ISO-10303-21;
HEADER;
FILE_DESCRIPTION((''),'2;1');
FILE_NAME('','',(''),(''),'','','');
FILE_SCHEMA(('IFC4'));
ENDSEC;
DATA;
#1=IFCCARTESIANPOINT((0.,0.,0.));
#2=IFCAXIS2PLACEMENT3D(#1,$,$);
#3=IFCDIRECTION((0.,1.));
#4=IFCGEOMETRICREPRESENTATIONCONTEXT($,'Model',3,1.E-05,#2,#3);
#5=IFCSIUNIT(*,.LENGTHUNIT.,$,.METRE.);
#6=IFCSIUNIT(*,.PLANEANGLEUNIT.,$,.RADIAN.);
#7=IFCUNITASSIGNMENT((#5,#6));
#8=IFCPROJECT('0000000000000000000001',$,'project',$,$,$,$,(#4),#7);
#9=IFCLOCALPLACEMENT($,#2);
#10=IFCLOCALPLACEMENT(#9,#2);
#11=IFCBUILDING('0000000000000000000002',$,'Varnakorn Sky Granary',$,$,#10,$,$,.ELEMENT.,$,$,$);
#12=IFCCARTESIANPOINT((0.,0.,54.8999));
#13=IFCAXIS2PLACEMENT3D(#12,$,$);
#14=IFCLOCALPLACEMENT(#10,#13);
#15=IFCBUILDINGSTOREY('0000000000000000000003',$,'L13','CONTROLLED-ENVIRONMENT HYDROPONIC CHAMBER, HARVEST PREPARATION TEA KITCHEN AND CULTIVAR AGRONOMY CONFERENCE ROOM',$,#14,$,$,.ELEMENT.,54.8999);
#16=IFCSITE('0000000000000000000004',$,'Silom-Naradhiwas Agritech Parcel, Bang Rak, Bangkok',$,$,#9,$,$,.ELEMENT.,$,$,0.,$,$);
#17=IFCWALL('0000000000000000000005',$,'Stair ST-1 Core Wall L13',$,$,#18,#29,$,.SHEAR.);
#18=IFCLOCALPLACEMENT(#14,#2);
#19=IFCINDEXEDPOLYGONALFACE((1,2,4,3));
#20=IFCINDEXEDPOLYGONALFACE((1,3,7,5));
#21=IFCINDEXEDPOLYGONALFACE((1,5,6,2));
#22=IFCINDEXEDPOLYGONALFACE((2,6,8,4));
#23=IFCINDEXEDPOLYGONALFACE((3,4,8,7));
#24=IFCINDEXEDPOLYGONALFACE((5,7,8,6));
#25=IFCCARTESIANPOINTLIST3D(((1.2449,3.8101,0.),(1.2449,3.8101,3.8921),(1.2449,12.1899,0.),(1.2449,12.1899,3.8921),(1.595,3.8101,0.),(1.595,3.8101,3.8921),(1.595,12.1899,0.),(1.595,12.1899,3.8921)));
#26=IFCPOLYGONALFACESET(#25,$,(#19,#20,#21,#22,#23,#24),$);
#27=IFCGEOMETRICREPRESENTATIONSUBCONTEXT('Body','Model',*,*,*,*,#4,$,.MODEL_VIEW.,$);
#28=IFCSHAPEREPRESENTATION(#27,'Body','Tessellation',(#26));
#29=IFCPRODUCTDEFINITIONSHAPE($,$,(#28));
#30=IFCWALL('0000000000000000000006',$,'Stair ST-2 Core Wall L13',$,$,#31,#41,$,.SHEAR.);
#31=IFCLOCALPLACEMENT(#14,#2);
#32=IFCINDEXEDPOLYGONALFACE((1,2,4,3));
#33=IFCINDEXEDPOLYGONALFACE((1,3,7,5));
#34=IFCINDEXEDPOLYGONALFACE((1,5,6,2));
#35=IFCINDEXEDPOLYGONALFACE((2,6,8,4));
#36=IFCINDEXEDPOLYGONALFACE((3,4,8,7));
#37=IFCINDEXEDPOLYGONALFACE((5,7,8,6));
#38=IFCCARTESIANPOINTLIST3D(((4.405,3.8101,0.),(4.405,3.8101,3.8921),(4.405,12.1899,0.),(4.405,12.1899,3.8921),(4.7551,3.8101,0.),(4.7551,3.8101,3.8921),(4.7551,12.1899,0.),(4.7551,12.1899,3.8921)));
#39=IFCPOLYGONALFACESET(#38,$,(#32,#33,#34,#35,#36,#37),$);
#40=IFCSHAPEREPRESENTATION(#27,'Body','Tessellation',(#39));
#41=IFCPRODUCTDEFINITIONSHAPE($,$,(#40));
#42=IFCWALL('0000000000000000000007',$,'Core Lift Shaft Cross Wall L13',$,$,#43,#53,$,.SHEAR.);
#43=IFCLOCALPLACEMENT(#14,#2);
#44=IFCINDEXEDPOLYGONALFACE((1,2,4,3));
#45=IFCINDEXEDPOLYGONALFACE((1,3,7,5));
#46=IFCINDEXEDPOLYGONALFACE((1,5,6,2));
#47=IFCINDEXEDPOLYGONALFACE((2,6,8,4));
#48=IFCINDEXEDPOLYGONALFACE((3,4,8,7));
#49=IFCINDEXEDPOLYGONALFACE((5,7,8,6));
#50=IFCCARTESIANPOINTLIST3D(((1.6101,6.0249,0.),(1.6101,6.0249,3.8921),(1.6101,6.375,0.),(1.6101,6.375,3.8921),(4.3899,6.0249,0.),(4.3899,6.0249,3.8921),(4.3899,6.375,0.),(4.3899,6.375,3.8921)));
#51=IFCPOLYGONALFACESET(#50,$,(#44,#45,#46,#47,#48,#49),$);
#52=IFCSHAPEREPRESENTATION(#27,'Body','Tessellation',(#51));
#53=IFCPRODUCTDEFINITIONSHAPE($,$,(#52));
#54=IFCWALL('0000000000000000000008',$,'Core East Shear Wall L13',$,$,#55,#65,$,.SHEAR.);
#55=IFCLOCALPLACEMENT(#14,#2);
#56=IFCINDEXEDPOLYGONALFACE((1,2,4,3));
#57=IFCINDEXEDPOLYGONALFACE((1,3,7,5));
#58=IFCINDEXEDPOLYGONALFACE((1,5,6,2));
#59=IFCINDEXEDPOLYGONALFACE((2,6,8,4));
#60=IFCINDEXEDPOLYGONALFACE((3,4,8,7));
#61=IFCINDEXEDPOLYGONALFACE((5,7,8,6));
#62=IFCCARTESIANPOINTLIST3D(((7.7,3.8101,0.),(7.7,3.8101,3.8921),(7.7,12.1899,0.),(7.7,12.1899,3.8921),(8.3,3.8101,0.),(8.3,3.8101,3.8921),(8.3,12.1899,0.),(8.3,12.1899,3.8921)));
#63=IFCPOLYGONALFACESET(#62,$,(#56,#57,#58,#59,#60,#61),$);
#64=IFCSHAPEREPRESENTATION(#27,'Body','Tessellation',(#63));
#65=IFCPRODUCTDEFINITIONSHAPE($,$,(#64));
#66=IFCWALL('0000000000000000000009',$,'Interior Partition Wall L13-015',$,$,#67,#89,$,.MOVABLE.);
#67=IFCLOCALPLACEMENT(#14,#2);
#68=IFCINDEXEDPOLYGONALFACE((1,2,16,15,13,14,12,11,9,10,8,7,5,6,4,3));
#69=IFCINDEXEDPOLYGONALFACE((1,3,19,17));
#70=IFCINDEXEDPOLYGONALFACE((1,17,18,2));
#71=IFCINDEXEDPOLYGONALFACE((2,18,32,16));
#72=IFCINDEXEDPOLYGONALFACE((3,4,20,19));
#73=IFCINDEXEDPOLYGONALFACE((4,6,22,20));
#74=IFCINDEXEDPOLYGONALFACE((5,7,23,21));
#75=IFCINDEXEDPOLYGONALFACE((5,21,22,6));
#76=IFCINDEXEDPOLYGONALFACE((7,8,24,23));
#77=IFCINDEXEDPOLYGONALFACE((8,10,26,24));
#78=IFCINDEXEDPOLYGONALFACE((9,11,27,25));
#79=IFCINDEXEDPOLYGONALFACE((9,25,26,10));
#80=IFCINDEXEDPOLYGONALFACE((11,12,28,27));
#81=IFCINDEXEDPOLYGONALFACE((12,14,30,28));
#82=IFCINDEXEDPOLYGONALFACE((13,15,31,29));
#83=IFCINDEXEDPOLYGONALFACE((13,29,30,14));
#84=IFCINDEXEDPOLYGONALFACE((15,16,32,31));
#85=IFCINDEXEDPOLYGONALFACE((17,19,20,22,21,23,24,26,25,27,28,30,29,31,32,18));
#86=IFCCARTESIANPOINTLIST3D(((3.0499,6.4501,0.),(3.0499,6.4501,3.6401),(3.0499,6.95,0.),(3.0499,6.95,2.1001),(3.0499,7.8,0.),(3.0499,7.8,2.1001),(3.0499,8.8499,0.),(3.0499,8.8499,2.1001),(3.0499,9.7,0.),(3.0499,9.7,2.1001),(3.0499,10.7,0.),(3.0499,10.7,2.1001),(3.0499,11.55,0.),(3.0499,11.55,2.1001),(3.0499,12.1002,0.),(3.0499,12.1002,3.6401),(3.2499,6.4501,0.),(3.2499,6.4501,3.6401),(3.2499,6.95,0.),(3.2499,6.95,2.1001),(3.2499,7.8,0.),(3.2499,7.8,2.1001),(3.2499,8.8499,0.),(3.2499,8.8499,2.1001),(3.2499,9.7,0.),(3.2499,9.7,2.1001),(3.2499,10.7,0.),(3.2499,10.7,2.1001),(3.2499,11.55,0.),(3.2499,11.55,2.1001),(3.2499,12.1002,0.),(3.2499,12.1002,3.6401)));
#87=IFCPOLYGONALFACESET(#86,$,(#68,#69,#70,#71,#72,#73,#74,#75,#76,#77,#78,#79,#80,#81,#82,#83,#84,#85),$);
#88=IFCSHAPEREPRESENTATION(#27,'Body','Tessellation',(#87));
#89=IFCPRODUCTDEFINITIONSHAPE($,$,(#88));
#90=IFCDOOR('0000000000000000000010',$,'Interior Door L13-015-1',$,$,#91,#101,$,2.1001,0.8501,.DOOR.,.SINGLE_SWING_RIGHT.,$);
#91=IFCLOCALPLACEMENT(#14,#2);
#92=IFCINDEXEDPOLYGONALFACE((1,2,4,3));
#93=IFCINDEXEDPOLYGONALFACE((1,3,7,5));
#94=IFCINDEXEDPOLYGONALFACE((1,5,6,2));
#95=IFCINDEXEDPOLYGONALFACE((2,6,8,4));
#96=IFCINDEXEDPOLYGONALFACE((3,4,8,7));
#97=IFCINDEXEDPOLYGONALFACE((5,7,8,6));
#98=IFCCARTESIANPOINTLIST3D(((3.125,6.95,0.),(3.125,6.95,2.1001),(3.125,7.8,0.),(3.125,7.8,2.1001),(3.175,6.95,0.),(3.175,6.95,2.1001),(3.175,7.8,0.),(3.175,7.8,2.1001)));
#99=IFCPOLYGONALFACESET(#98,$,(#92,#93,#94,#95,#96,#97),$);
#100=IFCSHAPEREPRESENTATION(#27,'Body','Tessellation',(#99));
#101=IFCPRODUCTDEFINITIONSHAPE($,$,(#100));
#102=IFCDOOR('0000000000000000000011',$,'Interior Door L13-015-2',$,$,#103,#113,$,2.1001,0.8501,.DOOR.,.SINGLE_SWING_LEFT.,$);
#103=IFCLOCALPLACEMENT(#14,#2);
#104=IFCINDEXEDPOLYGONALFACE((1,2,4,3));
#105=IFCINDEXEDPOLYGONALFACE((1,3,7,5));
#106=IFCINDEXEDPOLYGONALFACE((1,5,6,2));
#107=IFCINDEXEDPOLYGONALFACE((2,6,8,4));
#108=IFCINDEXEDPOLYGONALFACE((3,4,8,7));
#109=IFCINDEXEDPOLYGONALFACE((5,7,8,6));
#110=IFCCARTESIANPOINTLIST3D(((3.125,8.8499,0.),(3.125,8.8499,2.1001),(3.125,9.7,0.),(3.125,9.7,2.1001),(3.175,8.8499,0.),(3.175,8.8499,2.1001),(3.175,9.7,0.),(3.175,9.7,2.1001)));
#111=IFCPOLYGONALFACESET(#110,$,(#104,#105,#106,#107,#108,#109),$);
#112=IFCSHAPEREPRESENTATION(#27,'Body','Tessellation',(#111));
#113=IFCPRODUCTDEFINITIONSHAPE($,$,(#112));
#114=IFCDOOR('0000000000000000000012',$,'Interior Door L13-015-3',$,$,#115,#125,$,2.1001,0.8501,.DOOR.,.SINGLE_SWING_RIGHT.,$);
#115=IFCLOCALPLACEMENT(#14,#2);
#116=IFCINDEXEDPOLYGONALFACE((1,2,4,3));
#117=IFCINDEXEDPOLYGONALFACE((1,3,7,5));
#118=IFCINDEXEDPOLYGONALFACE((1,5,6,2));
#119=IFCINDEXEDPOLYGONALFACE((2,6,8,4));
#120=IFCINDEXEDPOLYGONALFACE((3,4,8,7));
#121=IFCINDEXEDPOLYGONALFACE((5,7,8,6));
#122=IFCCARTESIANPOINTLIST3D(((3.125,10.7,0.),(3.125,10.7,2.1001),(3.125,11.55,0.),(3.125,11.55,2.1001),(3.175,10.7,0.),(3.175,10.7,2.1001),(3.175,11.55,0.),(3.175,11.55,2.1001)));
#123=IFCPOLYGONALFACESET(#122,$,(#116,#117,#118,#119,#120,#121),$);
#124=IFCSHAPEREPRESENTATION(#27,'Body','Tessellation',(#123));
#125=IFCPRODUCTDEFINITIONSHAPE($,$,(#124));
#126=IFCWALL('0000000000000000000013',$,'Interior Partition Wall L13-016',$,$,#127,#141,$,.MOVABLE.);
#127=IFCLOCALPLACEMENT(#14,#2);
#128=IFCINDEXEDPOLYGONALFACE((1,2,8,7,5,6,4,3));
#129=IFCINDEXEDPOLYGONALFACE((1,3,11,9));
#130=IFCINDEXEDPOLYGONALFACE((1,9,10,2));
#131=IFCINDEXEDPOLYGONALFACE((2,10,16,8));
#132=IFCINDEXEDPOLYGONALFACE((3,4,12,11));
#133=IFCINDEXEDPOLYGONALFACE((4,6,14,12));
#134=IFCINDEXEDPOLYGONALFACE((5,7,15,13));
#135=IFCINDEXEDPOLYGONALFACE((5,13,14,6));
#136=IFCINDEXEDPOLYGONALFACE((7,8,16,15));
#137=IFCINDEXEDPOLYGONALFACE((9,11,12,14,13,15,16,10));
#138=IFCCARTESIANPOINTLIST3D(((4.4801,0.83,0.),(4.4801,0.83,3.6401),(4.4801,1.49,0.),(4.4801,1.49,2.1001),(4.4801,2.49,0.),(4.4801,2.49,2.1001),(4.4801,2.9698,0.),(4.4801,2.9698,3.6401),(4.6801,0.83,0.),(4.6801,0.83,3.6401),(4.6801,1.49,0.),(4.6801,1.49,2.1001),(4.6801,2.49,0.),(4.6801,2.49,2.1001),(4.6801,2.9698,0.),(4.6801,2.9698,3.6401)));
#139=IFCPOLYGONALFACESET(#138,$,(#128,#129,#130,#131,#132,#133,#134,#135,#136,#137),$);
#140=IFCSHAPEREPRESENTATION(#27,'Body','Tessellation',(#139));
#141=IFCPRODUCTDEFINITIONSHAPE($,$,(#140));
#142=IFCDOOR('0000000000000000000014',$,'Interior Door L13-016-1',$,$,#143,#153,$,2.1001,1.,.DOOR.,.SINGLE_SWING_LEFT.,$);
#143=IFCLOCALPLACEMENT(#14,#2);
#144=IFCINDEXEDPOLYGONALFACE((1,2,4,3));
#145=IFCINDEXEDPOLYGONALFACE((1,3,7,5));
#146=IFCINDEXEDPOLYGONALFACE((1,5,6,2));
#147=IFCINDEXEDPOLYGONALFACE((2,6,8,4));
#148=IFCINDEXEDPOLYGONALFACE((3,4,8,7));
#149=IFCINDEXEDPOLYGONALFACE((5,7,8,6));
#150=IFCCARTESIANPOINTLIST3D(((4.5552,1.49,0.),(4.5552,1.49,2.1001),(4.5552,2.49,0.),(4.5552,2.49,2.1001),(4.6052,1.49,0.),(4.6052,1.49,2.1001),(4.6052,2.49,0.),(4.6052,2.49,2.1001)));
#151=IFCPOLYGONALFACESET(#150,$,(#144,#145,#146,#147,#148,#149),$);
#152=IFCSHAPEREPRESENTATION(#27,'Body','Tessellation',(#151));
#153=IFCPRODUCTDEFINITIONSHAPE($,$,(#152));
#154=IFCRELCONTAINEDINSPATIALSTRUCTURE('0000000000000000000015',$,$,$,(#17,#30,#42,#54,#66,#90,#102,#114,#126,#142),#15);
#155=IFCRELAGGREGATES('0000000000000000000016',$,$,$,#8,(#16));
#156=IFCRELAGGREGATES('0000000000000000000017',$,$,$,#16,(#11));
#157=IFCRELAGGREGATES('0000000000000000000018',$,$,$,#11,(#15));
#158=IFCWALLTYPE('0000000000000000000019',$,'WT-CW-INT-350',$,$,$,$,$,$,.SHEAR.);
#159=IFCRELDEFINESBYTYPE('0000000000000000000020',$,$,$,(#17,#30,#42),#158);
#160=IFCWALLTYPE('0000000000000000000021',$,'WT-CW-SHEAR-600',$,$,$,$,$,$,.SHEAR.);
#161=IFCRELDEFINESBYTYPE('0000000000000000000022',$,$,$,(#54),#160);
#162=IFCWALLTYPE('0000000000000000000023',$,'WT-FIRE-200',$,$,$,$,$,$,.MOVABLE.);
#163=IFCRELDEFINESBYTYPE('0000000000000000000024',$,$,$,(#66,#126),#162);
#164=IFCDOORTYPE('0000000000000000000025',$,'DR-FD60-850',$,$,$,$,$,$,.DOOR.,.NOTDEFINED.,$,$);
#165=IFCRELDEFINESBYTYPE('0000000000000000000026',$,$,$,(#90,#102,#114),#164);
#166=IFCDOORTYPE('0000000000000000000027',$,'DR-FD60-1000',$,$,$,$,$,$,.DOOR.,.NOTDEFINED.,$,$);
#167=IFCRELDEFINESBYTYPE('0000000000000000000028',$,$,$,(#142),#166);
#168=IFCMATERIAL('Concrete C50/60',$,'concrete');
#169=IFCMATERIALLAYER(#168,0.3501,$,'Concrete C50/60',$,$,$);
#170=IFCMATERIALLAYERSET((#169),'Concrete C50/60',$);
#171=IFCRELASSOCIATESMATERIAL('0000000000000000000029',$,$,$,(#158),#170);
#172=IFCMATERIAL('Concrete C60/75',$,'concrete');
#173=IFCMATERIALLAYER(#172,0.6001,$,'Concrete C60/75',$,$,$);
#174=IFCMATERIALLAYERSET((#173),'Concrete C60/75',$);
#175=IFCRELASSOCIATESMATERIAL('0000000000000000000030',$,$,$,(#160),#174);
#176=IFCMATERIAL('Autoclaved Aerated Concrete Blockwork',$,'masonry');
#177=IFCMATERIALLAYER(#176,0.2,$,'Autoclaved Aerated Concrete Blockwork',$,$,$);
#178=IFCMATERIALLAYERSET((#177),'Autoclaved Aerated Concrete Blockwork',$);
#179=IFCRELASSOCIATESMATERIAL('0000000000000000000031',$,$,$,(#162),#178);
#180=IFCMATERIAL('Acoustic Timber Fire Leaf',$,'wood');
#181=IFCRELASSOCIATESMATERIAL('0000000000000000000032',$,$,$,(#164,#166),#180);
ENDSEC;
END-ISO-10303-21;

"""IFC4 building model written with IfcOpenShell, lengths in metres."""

from ifc_helpers import new_model, si_unit, direction, frame, frame_2d, origin, place, context, subcontext, project, spatial, rectangle, extrude, material, layer, layer_set, type_object, element, fill, save


model = new_model("IFC4")

# Units and contexts
model_context = context("Model", 3, precision=1e-05, world=origin(), true_north=direction((0.0, 1.0)))
body_context = subcontext(model_context, "Body", "Model", "MODEL_VIEW")
ifc_project = project(units=[si_unit("LENGTHUNIT", "METRE"), si_unit("PLANEANGLEUNIT", "RADIAN")], contexts=[model_context])

# Site, building, storey
site_placement = place(None, origin())
site = spatial("IfcSite", under=ifc_project, at=site_placement, Name="Silom-Naradhiwas Agritech Parcel, Bang Rak, Bangkok", CompositionType="ELEMENT", RefElevation=0.0)
building_placement = place(site_placement, origin())
building = spatial("IfcBuilding", under=site, at=building_placement, Name="Varnakorn Sky Granary", CompositionType="ELEMENT")
storey_placement = place(building_placement, frame((0.0, 0.0, 54.8999)))
storey = spatial("IfcBuildingStorey", under=building, at=storey_placement, Name="L13", Description="CONTROLLED-ENVIRONMENT HYDROPONIC CHAMBER, HARVEST PREPARATION TEA KITCHEN AND CULTIVAR AGRONOMY CONFERENCE ROOM", CompositionType="ELEMENT", Elevation=54.8999)

# Walls
ifc_material_1 = material(Name="Concrete C50/60", Category="concrete")
ifc_layer_1 = layer(ifc_material_1, 0.3501, Name="Concrete C50/60")
ifc_layer_set_1 = layer_set([ifc_layer_1], Name="Concrete C50/60")
wall_type_1 = type_object("IfcWallType", Name="WT-CW-INT-350", PredefinedType="SHEAR", material=ifc_layer_set_1)
for number, where, z_axis, x_axis, name in (
    (1, (1.4199, 3.8101, 0.0), (0.0, 0.0, 1.0), (0.0, 1.0, 0.0), "Stair ST-1 Core Wall L13"),
    (2, (4.5801, 3.8101, 0.0), (0.0, 0.0, 1.0), (0.0, 1.0, 0.0), "Stair ST-2 Core Wall L13"),
):
    element("IfcWall", number, at=place(storey_placement, frame(where, z_axis=z_axis, x_axis=x_axis)), inside=storey, type_object=wall_type_1, Name=name, PredefinedType="SHEAR", context=body_context, shape_type="SweptSolid", body=[
        extrude(rectangle(XDim=8.3799, YDim=0.3501, at=frame_2d((4.1899, 0.0))), origin(), (0.0, 0.0, 1.0), 3.8921),
    ])
wall_1_placement = place(storey_placement, frame((1.6101, 6.2, 0.0), z_axis=(0.0, 0.0, 1.0), x_axis=(1.0, 0.0, 0.0)))
element("IfcWall", 3, at=wall_1_placement, inside=storey, type_object=wall_type_1, Name="Core Lift Shaft Cross Wall L13", PredefinedType="SHEAR", context=body_context, shape_type="SweptSolid", body=[
    extrude(rectangle(XDim=2.7798, YDim=0.3501, at=frame_2d((1.3899, 0.0))), origin(), (0.0, 0.0, 1.0), 3.8921),
])
ifc_material_2 = material(Name="Concrete C60/75", Category="concrete")
ifc_layer_2 = layer(ifc_material_2, 0.6001, Name="Concrete C60/75")
ifc_layer_set_2 = layer_set([ifc_layer_2], Name="Concrete C60/75")
wall_type_2 = type_object("IfcWallType", Name="WT-CW-SHEAR-600", PredefinedType="SHEAR", material=ifc_layer_set_2)
wall_2_placement = place(storey_placement, frame((8.0, 3.8101, 0.0), z_axis=(0.0, 0.0, 1.0), x_axis=(0.0, 1.0, 0.0)))
element("IfcWall", 4, at=wall_2_placement, inside=storey, type_object=wall_type_2, Name="Core East Shear Wall L13", PredefinedType="SHEAR", context=body_context, shape_type="SweptSolid", body=[
    extrude(rectangle(XDim=8.3799, YDim=0.6001, at=frame_2d((4.1899, 0.0))), origin(), (0.0, 0.0, 1.0), 3.8921),
])

# Wall, openings, doors
ifc_material_3 = material(Name="Autoclaved Aerated Concrete Blockwork", Category="masonry")
ifc_layer_3 = layer(ifc_material_3, 0.2, Name="Autoclaved Aerated Concrete Blockwork")
ifc_layer_set_3 = layer_set([ifc_layer_3], Name="Autoclaved Aerated Concrete Blockwork")
wall_type_3 = type_object("IfcWallType", Name="WT-FIRE-200", PredefinedType="MOVABLE", material=ifc_layer_set_3)
wall_3_placement = place(storey_placement, frame((3.1499, 6.45, 0.0), z_axis=(0.0, 0.0, 1.0), x_axis=(0.0, 1.0, 0.0)))
wall_3 = element("IfcWall", 5, at=wall_3_placement, inside=storey, type_object=wall_type_3, Name="Interior Partition Wall L13-015", PredefinedType="MOVABLE", context=body_context, shape_type="SweptSolid", body=[
    extrude(rectangle(XDim=5.6501, YDim=0.2, at=frame_2d((2.8252, 0.0))), origin(), (0.0, 0.0, 1.0), 3.6401),
])
opening_1_placement = place(wall_3_placement, frame((0.5, 0.0, 0.0)))
opening_1 = element("IfcOpeningElement", 6, at=opening_1_placement, cuts=wall_3, PredefinedType="OPENING", context=body_context, shape_type="SweptSolid", body=[
    extrude(rectangle(XDim=0.8501, YDim=2.1001, at=frame_2d((0.425, 1.05))), frame((0.0, 0.1099, 0.0), z_axis=(0.0, -1.0, 0.0), x_axis=(1.0, 0.0, 0.0)), (0.0, 0.0, 1.0), 0.22),
])
opening_2_placement = place(wall_3_placement, frame((2.3999, 0.0, 0.0)))
opening_2 = element("IfcOpeningElement", 7, at=opening_2_placement, cuts=wall_3, PredefinedType="OPENING", context=body_context, shape_type="SweptSolid", body=[
    extrude(rectangle(XDim=0.8501, YDim=2.1001, at=frame_2d((0.425, 1.05))), frame((0.0, 0.1099, 0.0), z_axis=(0.0, -1.0, 0.0), x_axis=(1.0, 0.0, 0.0)), (0.0, 0.0, 1.0), 0.22),
])
opening_3_placement = place(wall_3_placement, frame((4.25, 0.0, 0.0)))
opening_3 = element("IfcOpeningElement", 8, at=opening_3_placement, cuts=wall_3, PredefinedType="OPENING", context=body_context, shape_type="SweptSolid", body=[
    extrude(rectangle(XDim=0.8501, YDim=2.1001, at=frame_2d((0.425, 1.05))), frame((0.0, 0.1099, 0.0), z_axis=(0.0, -1.0, 0.0), x_axis=(1.0, 0.0, 0.0)), (0.0, 0.0, 1.0), 0.22),
])
ifc_material_4 = material(Name="Acoustic Timber Fire Leaf", Category="wood")
door_type_1 = type_object("IfcDoorType", Name="DR-FD60-850", OperationType="NOTDEFINED", PredefinedType="DOOR", material=ifc_material_4)
door_1_placement = place(opening_1_placement, origin())
door_1 = element("IfcDoor", 9, at=door_1_placement, inside=storey, type_object=door_type_1, Name="Interior Door L13-015-1", OperationType="SINGLE_SWING_RIGHT", OverallHeight=2.1001, OverallWidth=0.8501, PredefinedType="DOOR", context=body_context, shape_type="SweptSolid", body=[
    extrude(rectangle(XDim=0.8501, YDim=2.1001, at=frame_2d((0.425, 1.05))), frame((0.0, 0.0249, 0.0), z_axis=(0.0, -1.0, 0.0), x_axis=(1.0, 0.0, 0.0)), (0.0, 0.0, 1.0), 0.05),
])
fill(opening_1, door_1)
door_2_placement = place(opening_2_placement, origin())
door_2 = element("IfcDoor", 10, at=door_2_placement, inside=storey, type_object=door_type_1, Name="Interior Door L13-015-2", OperationType="SINGLE_SWING_LEFT", OverallHeight=2.1001, OverallWidth=0.8501, PredefinedType="DOOR", context=body_context, shape_type="SweptSolid", body=[
    extrude(rectangle(XDim=0.8501, YDim=2.1001, at=frame_2d((0.425, 1.05))), frame((0.0, 0.0249, 0.0), z_axis=(0.0, -1.0, 0.0), x_axis=(1.0, 0.0, 0.0)), (0.0, 0.0, 1.0), 0.05),
])
fill(opening_2, door_2)
door_3_placement = place(opening_3_placement, origin())
door_3 = element("IfcDoor", 11, at=door_3_placement, inside=storey, type_object=door_type_1, Name="Interior Door L13-015-3", OperationType="SINGLE_SWING_RIGHT", OverallHeight=2.1001, OverallWidth=0.8501, PredefinedType="DOOR", context=body_context, shape_type="SweptSolid", body=[
    extrude(rectangle(XDim=0.8501, YDim=2.1001, at=frame_2d((0.425, 1.05))), frame((0.0, 0.0249, 0.0), z_axis=(0.0, -1.0, 0.0), x_axis=(1.0, 0.0, 0.0)), (0.0, 0.0, 1.0), 0.05),
])
fill(opening_3, door_3)

# Wall, opening, door
wall_4_placement = place(storey_placement, frame((4.5801, 0.8301, 0.0), z_axis=(0.0, 0.0, 1.0), x_axis=(0.0, 1.0, 0.0)))
wall_4 = element("IfcWall", 12, at=wall_4_placement, inside=storey, type_object=wall_type_3, Name="Interior Partition Wall L13-016", PredefinedType="MOVABLE", context=body_context, shape_type="SweptSolid", body=[
    extrude(rectangle(XDim=2.1399, YDim=0.2, at=frame_2d((1.0698, 0.0))), origin(), (0.0, 0.0, 1.0), 3.6401),
])
opening_4_placement = place(wall_4_placement, frame((0.6599, 0.0, 0.0)))
opening_4 = element("IfcOpeningElement", 13, at=opening_4_placement, cuts=wall_4, PredefinedType="OPENING", context=body_context, shape_type="SweptSolid", body=[
    extrude(rectangle(XDim=1.0, YDim=2.1001, at=frame_2d((0.5, 1.05))), frame((0.0, 0.1099, 0.0), z_axis=(0.0, -1.0, 0.0), x_axis=(1.0, 0.0, 0.0)), (0.0, 0.0, 1.0), 0.22),
])
door_type_2 = type_object("IfcDoorType", Name="DR-FD60-1000", OperationType="NOTDEFINED", PredefinedType="DOOR", material=ifc_material_4)
door_4_placement = place(opening_4_placement, origin())
door_4 = element("IfcDoor", 14, at=door_4_placement, inside=storey, type_object=door_type_2, Name="Interior Door L13-016-1", OperationType="SINGLE_SWING_LEFT", OverallHeight=2.1001, OverallWidth=1.0, PredefinedType="DOOR", context=body_context, shape_type="SweptSolid", body=[
    extrude(rectangle(XDim=1.0, YDim=2.1001, at=frame_2d((0.5, 1.05))), frame((0.0, 0.0249, 0.0), z_axis=(0.0, -1.0, 0.0), x_axis=(1.0, 0.0, 0.0)), (0.0, 0.0, 1.0), 0.05),
])
fill(opening_4, door_4)

save(model, "model.ifc")
